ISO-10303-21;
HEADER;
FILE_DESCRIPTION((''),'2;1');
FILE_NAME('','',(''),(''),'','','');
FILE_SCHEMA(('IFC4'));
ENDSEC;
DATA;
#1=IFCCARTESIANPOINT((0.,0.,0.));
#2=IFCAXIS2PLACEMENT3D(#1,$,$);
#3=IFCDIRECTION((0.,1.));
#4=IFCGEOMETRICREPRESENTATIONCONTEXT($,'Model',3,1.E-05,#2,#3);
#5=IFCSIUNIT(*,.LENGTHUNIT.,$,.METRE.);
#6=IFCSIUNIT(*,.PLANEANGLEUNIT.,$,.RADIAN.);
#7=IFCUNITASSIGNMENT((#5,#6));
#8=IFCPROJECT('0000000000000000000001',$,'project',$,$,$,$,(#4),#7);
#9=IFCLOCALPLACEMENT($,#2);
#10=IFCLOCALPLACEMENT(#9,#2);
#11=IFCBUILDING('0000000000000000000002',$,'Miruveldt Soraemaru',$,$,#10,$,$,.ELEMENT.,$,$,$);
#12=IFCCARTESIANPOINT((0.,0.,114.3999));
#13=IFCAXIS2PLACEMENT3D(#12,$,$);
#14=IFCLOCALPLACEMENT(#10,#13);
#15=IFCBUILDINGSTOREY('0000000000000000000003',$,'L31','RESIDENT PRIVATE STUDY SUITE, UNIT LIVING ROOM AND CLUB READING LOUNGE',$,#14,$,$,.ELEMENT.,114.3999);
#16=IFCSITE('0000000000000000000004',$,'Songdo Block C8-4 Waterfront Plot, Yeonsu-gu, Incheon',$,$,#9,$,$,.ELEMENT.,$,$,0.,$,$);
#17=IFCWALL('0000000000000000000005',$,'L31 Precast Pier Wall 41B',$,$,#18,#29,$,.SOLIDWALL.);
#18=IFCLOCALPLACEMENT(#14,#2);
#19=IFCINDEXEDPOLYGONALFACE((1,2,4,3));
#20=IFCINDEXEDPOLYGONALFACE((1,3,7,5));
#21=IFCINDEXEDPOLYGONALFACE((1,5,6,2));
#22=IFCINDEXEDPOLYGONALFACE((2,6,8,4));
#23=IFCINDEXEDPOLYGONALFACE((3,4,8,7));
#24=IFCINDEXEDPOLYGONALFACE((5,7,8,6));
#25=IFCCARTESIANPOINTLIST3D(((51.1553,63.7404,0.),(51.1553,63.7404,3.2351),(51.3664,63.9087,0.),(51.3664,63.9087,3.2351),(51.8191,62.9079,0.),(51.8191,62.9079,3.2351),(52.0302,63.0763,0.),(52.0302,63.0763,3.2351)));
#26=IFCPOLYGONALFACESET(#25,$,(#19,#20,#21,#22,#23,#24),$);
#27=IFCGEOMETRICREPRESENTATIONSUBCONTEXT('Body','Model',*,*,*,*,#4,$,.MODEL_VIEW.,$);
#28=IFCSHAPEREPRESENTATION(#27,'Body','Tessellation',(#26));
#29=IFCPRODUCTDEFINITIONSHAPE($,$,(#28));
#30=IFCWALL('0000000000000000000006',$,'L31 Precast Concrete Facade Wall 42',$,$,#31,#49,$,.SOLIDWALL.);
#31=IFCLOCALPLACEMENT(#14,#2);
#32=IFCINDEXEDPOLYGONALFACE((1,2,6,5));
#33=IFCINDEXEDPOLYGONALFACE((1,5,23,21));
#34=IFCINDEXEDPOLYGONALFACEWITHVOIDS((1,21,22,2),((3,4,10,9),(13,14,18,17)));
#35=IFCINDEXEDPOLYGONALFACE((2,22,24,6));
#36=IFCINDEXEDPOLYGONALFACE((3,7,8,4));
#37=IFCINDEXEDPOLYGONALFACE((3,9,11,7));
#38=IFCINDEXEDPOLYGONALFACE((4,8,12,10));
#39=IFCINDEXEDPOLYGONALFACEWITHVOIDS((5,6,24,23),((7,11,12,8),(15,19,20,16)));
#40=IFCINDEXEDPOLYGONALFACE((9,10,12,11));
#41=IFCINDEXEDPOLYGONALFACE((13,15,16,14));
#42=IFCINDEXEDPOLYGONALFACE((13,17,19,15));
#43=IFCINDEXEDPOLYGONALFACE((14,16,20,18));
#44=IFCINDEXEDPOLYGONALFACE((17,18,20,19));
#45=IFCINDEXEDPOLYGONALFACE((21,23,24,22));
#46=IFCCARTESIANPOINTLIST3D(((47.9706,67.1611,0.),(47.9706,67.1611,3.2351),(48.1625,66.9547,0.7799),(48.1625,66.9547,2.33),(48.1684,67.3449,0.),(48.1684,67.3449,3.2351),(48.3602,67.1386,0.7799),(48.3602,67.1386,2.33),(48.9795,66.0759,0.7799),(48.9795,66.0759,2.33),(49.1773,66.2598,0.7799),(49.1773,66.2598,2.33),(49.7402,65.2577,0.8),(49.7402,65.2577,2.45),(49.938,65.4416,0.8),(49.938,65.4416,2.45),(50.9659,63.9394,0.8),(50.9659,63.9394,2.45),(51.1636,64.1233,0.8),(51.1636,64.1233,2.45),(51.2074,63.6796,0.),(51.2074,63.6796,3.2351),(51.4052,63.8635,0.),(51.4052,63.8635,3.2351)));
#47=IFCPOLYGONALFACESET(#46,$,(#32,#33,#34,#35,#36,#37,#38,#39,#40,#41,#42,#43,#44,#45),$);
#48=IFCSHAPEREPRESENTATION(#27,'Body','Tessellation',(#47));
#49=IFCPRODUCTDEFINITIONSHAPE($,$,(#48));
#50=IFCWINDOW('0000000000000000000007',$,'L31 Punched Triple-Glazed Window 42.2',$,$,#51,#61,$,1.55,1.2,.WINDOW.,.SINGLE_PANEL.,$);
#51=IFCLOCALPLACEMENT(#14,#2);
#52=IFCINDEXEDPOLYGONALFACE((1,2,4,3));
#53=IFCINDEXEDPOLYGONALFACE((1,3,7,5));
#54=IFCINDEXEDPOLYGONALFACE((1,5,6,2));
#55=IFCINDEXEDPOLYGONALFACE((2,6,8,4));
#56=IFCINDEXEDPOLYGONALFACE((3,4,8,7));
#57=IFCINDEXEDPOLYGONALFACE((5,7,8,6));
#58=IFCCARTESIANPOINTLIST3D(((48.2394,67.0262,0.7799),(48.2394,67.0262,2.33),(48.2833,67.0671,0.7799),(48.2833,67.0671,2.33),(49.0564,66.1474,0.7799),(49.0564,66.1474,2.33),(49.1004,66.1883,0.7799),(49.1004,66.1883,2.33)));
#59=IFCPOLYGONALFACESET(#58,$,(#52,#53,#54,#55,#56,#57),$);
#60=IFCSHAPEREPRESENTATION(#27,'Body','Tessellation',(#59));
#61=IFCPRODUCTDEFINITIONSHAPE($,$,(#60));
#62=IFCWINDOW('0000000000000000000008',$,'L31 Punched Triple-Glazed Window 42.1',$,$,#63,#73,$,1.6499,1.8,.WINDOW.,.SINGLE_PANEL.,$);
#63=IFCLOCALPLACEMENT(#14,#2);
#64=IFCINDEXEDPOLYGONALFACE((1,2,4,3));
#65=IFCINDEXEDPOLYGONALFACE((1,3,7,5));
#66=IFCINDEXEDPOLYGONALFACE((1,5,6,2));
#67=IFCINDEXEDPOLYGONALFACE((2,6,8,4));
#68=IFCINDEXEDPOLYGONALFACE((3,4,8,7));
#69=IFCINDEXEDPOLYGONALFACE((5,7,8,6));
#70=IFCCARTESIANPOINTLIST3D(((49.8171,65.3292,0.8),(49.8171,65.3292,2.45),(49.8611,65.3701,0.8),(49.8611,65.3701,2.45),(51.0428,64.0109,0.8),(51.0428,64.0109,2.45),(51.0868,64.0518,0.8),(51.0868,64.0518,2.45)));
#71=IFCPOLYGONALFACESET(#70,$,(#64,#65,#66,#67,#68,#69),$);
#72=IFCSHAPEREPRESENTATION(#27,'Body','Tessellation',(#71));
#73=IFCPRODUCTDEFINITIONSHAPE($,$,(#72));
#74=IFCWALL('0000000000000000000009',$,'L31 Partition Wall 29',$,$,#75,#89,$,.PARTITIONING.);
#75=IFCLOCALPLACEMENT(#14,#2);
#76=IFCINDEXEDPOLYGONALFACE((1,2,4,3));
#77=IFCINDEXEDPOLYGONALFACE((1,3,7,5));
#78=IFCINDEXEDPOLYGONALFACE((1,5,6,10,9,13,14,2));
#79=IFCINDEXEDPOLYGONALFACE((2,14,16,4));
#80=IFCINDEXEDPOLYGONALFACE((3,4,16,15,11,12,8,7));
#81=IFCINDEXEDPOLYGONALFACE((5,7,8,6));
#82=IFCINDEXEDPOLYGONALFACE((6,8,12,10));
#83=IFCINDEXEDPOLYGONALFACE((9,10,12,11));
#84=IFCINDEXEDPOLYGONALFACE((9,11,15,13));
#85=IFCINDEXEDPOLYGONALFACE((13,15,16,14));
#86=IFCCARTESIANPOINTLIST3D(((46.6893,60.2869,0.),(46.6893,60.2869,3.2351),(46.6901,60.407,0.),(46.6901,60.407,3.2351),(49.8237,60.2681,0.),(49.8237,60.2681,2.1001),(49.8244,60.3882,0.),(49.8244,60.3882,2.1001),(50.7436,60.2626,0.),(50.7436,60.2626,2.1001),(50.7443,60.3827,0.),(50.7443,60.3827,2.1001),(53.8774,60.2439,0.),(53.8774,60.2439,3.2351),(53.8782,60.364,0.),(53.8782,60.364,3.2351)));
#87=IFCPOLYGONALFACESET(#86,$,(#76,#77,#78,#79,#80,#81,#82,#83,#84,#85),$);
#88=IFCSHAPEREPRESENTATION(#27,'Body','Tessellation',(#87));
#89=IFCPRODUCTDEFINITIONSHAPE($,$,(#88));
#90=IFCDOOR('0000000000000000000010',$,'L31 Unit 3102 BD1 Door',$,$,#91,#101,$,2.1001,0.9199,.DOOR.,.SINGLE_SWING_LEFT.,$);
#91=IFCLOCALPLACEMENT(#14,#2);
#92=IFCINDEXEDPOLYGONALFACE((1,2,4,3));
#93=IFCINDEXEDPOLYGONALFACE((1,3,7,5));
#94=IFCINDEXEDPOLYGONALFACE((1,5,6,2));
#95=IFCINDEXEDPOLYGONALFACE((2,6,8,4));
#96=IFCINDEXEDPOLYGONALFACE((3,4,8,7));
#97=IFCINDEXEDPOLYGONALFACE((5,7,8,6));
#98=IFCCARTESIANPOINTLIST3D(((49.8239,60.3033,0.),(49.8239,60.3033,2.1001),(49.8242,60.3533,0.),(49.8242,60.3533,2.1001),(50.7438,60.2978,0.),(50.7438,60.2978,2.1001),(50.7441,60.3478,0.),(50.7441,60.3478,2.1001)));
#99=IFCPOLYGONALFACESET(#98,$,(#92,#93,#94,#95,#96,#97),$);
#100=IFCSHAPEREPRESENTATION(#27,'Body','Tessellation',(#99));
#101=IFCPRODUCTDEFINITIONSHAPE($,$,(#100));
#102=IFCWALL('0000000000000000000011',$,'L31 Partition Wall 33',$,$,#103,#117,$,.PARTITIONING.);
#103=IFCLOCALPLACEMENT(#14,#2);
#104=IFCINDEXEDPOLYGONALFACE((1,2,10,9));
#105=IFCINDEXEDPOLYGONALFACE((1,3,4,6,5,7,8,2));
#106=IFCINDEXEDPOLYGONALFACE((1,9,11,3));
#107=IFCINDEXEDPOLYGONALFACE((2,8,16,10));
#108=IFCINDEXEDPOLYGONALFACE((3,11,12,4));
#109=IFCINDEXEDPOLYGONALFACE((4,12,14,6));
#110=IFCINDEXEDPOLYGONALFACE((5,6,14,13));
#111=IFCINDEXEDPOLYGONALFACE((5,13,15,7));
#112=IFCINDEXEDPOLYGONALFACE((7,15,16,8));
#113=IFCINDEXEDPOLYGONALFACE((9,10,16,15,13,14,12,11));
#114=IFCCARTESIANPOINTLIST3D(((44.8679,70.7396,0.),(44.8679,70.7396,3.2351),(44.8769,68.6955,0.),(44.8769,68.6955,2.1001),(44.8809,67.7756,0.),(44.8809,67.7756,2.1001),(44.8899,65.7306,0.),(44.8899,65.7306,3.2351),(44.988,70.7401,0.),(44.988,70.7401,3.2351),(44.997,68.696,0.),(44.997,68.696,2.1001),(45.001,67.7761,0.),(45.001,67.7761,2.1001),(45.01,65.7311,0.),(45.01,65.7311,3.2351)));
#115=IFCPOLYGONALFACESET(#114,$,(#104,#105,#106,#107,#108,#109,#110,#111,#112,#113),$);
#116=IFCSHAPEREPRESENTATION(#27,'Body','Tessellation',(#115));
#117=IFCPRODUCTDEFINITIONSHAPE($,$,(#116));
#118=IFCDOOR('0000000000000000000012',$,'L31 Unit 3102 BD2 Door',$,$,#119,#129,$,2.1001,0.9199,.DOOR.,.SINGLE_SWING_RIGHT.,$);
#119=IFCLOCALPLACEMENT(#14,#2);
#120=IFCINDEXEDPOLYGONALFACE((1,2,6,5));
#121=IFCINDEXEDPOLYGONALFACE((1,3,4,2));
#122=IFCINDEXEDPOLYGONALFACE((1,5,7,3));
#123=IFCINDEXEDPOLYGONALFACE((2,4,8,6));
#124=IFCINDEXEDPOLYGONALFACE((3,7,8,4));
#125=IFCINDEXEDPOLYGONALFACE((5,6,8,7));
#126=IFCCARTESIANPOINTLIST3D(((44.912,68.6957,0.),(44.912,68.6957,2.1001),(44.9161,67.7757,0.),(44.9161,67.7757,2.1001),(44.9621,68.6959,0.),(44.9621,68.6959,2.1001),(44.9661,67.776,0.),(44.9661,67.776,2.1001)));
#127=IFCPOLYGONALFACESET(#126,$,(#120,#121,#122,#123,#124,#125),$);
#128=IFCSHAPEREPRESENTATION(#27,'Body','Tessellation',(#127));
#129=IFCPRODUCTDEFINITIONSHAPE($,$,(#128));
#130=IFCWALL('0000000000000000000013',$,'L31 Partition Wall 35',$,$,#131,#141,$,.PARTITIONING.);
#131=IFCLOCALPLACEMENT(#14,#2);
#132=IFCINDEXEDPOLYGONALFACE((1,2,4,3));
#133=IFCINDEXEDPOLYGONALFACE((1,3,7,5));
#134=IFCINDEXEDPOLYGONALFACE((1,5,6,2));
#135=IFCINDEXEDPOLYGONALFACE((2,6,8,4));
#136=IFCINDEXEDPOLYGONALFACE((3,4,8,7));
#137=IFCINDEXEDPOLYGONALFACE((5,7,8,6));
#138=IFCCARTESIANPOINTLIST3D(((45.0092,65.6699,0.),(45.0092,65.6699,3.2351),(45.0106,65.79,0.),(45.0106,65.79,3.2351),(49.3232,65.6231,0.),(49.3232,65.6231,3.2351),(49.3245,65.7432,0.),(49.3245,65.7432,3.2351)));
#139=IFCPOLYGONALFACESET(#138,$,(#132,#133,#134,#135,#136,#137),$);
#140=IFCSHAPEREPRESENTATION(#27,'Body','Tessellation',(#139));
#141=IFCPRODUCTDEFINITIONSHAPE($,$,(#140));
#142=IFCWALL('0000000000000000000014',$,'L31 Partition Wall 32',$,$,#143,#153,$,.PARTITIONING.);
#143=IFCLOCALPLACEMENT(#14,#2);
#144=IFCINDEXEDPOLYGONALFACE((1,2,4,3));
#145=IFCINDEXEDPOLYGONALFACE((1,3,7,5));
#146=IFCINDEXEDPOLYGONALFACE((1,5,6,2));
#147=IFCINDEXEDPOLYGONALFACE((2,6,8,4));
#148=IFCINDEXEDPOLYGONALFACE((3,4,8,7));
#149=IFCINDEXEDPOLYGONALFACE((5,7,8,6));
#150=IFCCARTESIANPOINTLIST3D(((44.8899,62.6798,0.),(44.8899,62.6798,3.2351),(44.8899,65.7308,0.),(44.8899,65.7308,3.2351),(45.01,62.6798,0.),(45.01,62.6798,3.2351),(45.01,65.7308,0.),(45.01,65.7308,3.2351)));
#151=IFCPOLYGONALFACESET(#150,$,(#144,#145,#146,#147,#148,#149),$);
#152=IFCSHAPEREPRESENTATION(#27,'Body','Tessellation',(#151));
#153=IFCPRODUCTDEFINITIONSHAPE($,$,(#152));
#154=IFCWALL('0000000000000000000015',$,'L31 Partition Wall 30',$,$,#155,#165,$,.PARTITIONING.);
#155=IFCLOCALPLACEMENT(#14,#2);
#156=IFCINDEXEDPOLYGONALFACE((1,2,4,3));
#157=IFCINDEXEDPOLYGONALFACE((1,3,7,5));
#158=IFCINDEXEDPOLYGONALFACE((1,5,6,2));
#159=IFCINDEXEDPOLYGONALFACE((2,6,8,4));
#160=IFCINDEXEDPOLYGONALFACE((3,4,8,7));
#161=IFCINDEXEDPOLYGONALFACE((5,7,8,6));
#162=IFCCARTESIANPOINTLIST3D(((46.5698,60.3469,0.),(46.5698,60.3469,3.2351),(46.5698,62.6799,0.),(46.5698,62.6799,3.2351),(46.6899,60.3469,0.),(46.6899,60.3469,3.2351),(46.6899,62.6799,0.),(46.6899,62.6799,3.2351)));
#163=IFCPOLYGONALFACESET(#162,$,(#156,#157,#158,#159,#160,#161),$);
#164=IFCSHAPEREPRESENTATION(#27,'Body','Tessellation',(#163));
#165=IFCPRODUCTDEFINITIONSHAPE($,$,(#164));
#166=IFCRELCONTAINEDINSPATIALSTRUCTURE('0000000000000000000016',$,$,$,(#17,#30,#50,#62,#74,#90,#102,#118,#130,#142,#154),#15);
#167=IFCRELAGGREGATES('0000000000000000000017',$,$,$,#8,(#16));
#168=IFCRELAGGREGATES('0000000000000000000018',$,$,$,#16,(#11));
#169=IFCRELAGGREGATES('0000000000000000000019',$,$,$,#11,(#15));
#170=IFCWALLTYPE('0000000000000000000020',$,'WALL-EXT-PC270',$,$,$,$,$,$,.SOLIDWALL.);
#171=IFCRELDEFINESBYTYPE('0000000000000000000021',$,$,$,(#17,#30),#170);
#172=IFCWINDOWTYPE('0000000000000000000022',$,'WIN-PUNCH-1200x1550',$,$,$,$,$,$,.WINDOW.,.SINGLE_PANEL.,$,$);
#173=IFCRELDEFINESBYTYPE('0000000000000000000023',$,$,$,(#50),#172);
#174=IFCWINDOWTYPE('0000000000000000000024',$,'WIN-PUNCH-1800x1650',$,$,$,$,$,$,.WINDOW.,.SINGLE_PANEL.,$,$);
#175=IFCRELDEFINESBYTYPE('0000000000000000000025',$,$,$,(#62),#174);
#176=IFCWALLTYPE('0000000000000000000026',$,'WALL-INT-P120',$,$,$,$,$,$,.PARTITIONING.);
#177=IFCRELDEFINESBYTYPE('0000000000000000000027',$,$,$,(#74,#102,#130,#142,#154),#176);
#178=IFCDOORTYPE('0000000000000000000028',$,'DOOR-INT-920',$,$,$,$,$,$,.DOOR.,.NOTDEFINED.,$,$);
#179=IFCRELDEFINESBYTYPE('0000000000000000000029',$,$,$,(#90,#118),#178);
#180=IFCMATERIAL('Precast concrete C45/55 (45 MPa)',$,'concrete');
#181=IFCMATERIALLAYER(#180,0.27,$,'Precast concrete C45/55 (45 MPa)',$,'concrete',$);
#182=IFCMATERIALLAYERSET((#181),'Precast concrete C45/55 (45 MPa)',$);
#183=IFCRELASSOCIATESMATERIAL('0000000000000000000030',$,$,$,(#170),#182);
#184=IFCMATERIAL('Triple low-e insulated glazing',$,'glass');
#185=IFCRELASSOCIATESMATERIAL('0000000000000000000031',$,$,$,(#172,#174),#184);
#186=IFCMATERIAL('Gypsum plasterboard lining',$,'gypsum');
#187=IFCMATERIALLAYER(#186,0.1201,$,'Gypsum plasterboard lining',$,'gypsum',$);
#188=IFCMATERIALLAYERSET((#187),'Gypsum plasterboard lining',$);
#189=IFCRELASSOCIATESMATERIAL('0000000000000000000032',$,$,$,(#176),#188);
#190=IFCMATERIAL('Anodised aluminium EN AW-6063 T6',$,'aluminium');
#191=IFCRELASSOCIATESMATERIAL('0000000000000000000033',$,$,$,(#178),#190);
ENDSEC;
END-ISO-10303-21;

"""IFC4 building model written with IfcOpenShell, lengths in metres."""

from ifc_helpers import new_model, si_unit, direction, frame, frame_2d, origin, place, context, subcontext, project, spatial, rectangle, extrude, material, layer, layer_set, type_object, element, fill, save


model = new_model("IFC4")

# Units and contexts
model_context = context("Model", 3, precision=1e-05, world=origin(), true_north=direction((0.0, 1.0)))
body_context = subcontext(model_context, "Body", "Model", "MODEL_VIEW")
ifc_project = project(units=[si_unit("LENGTHUNIT", "METRE"), si_unit("PLANEANGLEUNIT", "RADIAN")], contexts=[model_context])

# Site, building, storey
site_placement = place(None, origin())
site = spatial("IfcSite", under=ifc_project, at=site_placement, Name="Songdo Block C8-4 Waterfront Plot, Yeonsu-gu, Incheon", CompositionType="ELEMENT", RefElevation=0.0)
building_placement = place(site_placement, origin())
building = spatial("IfcBuilding", under=site, at=building_placement, Name="Miruveldt Soraemaru", CompositionType="ELEMENT")
storey_placement = place(building_placement, frame((0.0, 0.0, 114.3999)))
storey = spatial("IfcBuildingStorey", under=building, at=storey_placement, Name="L31", Description="RESIDENT PRIVATE STUDY SUITE, UNIT LIVING ROOM AND CLUB READING LOUNGE", CompositionType="ELEMENT", Elevation=114.3999)

# Shared definitions
ifc_material_1 = material(Name="Triple low-e insulated glazing", Category="glass")
ifc_material_2 = material(Name="Precast concrete C45/55 (45 MPa)", Category="concrete")
ifc_layer_1 = layer(ifc_material_2, 0.27, Name="Precast concrete C45/55 (45 MPa)", Category="concrete")
ifc_layer_set_1 = layer_set([ifc_layer_1], Name="Precast concrete C45/55 (45 MPa)")
wall_type_1 = type_object("IfcWallType", Name="WALL-EXT-PC270", PredefinedType="SOLIDWALL", material=ifc_layer_set_1)

# Wall
wall_1_placement = place(storey_placement, frame((51.9246, 62.9922, 0.0), z_axis=(0.0, 0.0, 1.0), x_axis=(-0.623436, 0.781874, 0.0)))
element("IfcWall", 1, at=wall_1_placement, inside=storey, type_object=wall_type_1, Name="L31 Precast Pier Wall 41B", PredefinedType="SOLIDWALL", context=body_context, shape_type="SweptSolid", body=[
    extrude(rectangle(XDim=1.0647, YDim=0.27, at=frame_2d((0.5322, 0.0))), origin(), (0.0, 0.0, 1.0), 3.2351),
])

# Wall, openings, windows
wall_2_placement = place(storey_placement, frame((51.3064, 63.7715, 0.0), z_axis=(0.0, 0.0, 1.0), x_axis=(-0.680908, 0.732369, 0.0)))
wall_2 = element("IfcWall", 2, at=wall_2_placement, inside=storey, type_object=wall_type_1, Name="L31 Precast Concrete Facade Wall 42", PredefinedType="SOLIDWALL", context=body_context, shape_type="SweptSolid", body=[
    extrude(rectangle(XDim=4.7537, YDim=0.27, at=frame_2d((2.377, 0.0))), origin(), (0.0, 0.0, 1.0), 3.2351),
])
opening_1_placement = place(wall_2_placement, frame((0.355, 0.0, 0.8)))
opening_1 = element("IfcOpeningElement", 3, at=opening_1_placement, cuts=wall_2, PredefinedType="OPENING", context=body_context, shape_type="SweptSolid", body=[
    extrude(rectangle(XDim=1.8, YDim=1.6499, at=frame_2d((0.8999, 0.825))), frame((0.0, 0.145, 0.0), z_axis=(0.0, -1.0, 0.0), x_axis=(1.0, 0.0, 0.0)), (0.0, 0.0, 1.0), 0.29),
])
opening_2_placement = place(wall_2_placement, frame((3.272, 0.0, 0.78)))
opening_2 = element("IfcOpeningElement", 4, at=opening_2_placement, cuts=wall_2, PredefinedType="OPENING", context=body_context, shape_type="SweptSolid", body=[
    extrude(rectangle(XDim=1.2, YDim=1.55, at=frame_2d((0.6001, 0.7749))), frame((0.0, 0.145, 0.0), z_axis=(0.0, -1.0, 0.0), x_axis=(1.0, 0.0, 0.0)), (0.0, 0.0, 1.0), 0.29),
])
window_type_1 = type_object("IfcWindowType", Name="WIN-PUNCH-1200x1550", PartitioningType="SINGLE_PANEL", PredefinedType="WINDOW", material=ifc_material_1)
window_1_placement = place(opening_2_placement, origin())
window_1 = element("IfcWindow", 5, at=window_1_placement, inside=storey, type_object=window_type_1, Name="L31 Punched Triple-Glazed Window 42.2", OverallHeight=1.55, OverallWidth=1.2, PartitioningType="SINGLE_PANEL", PredefinedType="WINDOW", context=body_context, shape_type="SweptSolid", body=[
    extrude(rectangle(XDim=1.2, YDim=1.55, at=frame_2d((0.6001, 0.7749))), frame((0.0, 0.03, 0.0), z_axis=(0.0, -1.0, 0.0), x_axis=(1.0, 0.0, 0.0)), (0.0, 0.0, 1.0), 0.0601),
])
fill(opening_2, window_1)
window_type_2 = type_object("IfcWindowType", Name="WIN-PUNCH-1800x1650", PartitioningType="SINGLE_PANEL", PredefinedType="WINDOW", material=ifc_material_1)
window_2_placement = place(opening_1_placement, origin())
window_2 = element("IfcWindow", 6, at=window_2_placement, inside=storey, type_object=window_type_2, Name="L31 Punched Triple-Glazed Window 42.1", OverallHeight=1.6499, OverallWidth=1.8, PartitioningType="SINGLE_PANEL", PredefinedType="WINDOW", context=body_context, shape_type="SweptSolid", body=[
    extrude(rectangle(XDim=1.8, YDim=1.6499, at=frame_2d((0.8999, 0.825))), frame((0.0, 0.03, 0.0), z_axis=(0.0, -1.0, 0.0), x_axis=(1.0, 0.0, 0.0)), (0.0, 0.0, 1.0), 0.0601),
])
fill(opening_1, window_2)

# Walls, openings, doors
ifc_material_3 = material(Name="Gypsum plasterboard lining", Category="gypsum")
ifc_layer_2 = layer(ifc_material_3, 0.1201, Name="Gypsum plasterboard lining", Category="gypsum")
ifc_layer_set_2 = layer_set([ifc_layer_2], Name="Gypsum plasterboard lining")
wall_type_2 = type_object("IfcWallType", Name="WALL-INT-P120", PredefinedType="PARTITIONING", material=ifc_layer_set_2)
wall_3_placement = place(storey_placement, frame((53.8779, 60.304, 0.0), z_axis=(0.0, 0.0, 1.0), x_axis=(-0.999982, 0.005978, 0.0)))
wall_3 = element("IfcWall", 7, at=wall_3_placement, inside=storey, type_object=wall_type_2, Name="L31 Partition Wall 29", PredefinedType="PARTITIONING", context=body_context, shape_type="SweptSolid", body=[
    extrude(rectangle(XDim=7.1882, YDim=0.1201, at=frame_2d((3.5942, 0.0))), origin(), (0.0, 0.0, 1.0), 3.2351),
])
opening_3_placement = place(wall_3_placement, frame((3.134, 0.0, 0.0)))
opening_3 = element("IfcOpeningElement", 8, at=opening_3_placement, cuts=wall_3, PredefinedType="OPENING", context=body_context, shape_type="SweptSolid", body=[
    extrude(rectangle(XDim=0.9199, YDim=2.1001, at=frame_2d((0.46, 1.05))), frame((0.0, 0.0701, 0.0), z_axis=(0.0, -1.0, 0.0), x_axis=(1.0, 0.0, 0.0)), (0.0, 0.0, 1.0), 0.1401),
])
ifc_material_4 = material(Name="Anodised aluminium EN AW-6063 T6", Category="aluminium")
door_type = type_object("IfcDoorType", Name="DOOR-INT-920", OperationType="NOTDEFINED", PredefinedType="DOOR", material=ifc_material_4)
door_1_placement = place(opening_3_placement, origin())
door_1 = element("IfcDoor", 9, at=door_1_placement, inside=storey, type_object=door_type, Name="L31 Unit 3102 BD1 Door", OperationType="SINGLE_SWING_LEFT", OverallHeight=2.1001, OverallWidth=0.9199, PredefinedType="DOOR", context=body_context, shape_type="SweptSolid", body=[
    extrude(rectangle(XDim=0.9199, YDim=2.1001, at=frame_2d((0.46, 1.05))), frame((0.0, 0.0249, 0.0), z_axis=(0.0, -1.0, 0.0), x_axis=(1.0, 0.0, 0.0)), (0.0, 0.0, 1.0), 0.05),
])
fill(opening_3, door_1)
wall_4_placement = place(storey_placement, frame((44.95, 65.731, 0.0), z_axis=(0.0, 0.0, 1.0), x_axis=(-0.004387, 0.99999, 0.0)))
wall_4 = element("IfcWall", 10, at=wall_4_placement, inside=storey, type_object=wall_type_2, Name="L31 Partition Wall 33", PredefinedType="PARTITIONING", context=body_context, shape_type="SweptSolid", body=[
    extrude(rectangle(XDim=5.009, YDim=0.1201, at=frame_2d((2.5044, 0.0))), origin(), (0.0, 0.0, 1.0), 3.2351),
])
opening_4_placement = place(wall_4_placement, frame((2.0449, 0.0, 0.0)))
opening_4 = element("IfcOpeningElement", 11, at=opening_4_placement, cuts=wall_4, PredefinedType="OPENING", context=body_context, shape_type="SweptSolid", body=[
    extrude(rectangle(XDim=0.9199, YDim=2.1001, at=frame_2d((0.46, 1.05))), frame((0.0, 0.0701, 0.0), z_axis=(0.0, -1.0, 0.0), x_axis=(1.0, 0.0, 0.0)), (0.0, 0.0, 1.0), 0.1401),
])
door_2_placement = place(opening_4_placement, origin())
door_2 = element("IfcDoor", 12, at=door_2_placement, inside=storey, type_object=door_type, Name="L31 Unit 3102 BD2 Door", OperationType="SINGLE_SWING_RIGHT", OverallHeight=2.1001, OverallWidth=0.9199, PredefinedType="DOOR", context=body_context, shape_type="SweptSolid", body=[
    extrude(rectangle(XDim=0.9199, YDim=2.1001, at=frame_2d((0.46, 1.05))), frame((0.0, 0.0249, 0.0), z_axis=(0.0, -1.0, 0.0), x_axis=(1.0, 0.0, 0.0)), (0.0, 0.0, 1.0), 0.05),
])
fill(opening_4, door_2)

# Walls
wall_5_placement = place(storey_placement, frame((49.324, 65.6831, 0.0), z_axis=(0.0, 0.0, 1.0), x_axis=(-0.999941, 0.010865, 0.0)))
element("IfcWall", 13, at=wall_5_placement, inside=storey, type_object=wall_type_2, Name="L31 Partition Wall 35", PredefinedType="PARTITIONING", context=body_context, shape_type="SweptSolid", body=[
    extrude(rectangle(XDim=4.3142, YDim=0.1201, at=frame_2d((2.1572, 0.0))), origin(), (0.0, 0.0, 1.0), 3.2351),
])
wall_6_placement = place(storey_placement, frame((44.95, 62.6799, 0.0), z_axis=(0.0, 0.0, 1.0), x_axis=(0.0, 1.0, 0.0)))
element("IfcWall", 14, at=wall_6_placement, inside=storey, type_object=wall_type_2, Name="L31 Partition Wall 32", PredefinedType="PARTITIONING", context=body_context, shape_type="SweptSolid", body=[
    extrude(rectangle(XDim=3.051, YDim=0.1201, at=frame_2d((1.5254, 0.0))), origin(), (0.0, 0.0, 1.0), 3.2351),
])
wall_7_placement = place(storey_placement, frame((46.6299, 60.3469, 0.0), z_axis=(0.0, 0.0, 1.0), x_axis=(0.0, 1.0, 0.0)))
element("IfcWall", 15, at=wall_7_placement, inside=storey, type_object=wall_type_2, Name="L31 Partition Wall 30", PredefinedType="PARTITIONING", context=body_context, shape_type="SweptSolid", body=[
    extrude(rectangle(XDim=2.333, YDim=0.1201, at=frame_2d((1.1665, 0.0))), origin(), (0.0, 0.0, 1.0), 3.2351),
])

save(model, "model.ifc")
